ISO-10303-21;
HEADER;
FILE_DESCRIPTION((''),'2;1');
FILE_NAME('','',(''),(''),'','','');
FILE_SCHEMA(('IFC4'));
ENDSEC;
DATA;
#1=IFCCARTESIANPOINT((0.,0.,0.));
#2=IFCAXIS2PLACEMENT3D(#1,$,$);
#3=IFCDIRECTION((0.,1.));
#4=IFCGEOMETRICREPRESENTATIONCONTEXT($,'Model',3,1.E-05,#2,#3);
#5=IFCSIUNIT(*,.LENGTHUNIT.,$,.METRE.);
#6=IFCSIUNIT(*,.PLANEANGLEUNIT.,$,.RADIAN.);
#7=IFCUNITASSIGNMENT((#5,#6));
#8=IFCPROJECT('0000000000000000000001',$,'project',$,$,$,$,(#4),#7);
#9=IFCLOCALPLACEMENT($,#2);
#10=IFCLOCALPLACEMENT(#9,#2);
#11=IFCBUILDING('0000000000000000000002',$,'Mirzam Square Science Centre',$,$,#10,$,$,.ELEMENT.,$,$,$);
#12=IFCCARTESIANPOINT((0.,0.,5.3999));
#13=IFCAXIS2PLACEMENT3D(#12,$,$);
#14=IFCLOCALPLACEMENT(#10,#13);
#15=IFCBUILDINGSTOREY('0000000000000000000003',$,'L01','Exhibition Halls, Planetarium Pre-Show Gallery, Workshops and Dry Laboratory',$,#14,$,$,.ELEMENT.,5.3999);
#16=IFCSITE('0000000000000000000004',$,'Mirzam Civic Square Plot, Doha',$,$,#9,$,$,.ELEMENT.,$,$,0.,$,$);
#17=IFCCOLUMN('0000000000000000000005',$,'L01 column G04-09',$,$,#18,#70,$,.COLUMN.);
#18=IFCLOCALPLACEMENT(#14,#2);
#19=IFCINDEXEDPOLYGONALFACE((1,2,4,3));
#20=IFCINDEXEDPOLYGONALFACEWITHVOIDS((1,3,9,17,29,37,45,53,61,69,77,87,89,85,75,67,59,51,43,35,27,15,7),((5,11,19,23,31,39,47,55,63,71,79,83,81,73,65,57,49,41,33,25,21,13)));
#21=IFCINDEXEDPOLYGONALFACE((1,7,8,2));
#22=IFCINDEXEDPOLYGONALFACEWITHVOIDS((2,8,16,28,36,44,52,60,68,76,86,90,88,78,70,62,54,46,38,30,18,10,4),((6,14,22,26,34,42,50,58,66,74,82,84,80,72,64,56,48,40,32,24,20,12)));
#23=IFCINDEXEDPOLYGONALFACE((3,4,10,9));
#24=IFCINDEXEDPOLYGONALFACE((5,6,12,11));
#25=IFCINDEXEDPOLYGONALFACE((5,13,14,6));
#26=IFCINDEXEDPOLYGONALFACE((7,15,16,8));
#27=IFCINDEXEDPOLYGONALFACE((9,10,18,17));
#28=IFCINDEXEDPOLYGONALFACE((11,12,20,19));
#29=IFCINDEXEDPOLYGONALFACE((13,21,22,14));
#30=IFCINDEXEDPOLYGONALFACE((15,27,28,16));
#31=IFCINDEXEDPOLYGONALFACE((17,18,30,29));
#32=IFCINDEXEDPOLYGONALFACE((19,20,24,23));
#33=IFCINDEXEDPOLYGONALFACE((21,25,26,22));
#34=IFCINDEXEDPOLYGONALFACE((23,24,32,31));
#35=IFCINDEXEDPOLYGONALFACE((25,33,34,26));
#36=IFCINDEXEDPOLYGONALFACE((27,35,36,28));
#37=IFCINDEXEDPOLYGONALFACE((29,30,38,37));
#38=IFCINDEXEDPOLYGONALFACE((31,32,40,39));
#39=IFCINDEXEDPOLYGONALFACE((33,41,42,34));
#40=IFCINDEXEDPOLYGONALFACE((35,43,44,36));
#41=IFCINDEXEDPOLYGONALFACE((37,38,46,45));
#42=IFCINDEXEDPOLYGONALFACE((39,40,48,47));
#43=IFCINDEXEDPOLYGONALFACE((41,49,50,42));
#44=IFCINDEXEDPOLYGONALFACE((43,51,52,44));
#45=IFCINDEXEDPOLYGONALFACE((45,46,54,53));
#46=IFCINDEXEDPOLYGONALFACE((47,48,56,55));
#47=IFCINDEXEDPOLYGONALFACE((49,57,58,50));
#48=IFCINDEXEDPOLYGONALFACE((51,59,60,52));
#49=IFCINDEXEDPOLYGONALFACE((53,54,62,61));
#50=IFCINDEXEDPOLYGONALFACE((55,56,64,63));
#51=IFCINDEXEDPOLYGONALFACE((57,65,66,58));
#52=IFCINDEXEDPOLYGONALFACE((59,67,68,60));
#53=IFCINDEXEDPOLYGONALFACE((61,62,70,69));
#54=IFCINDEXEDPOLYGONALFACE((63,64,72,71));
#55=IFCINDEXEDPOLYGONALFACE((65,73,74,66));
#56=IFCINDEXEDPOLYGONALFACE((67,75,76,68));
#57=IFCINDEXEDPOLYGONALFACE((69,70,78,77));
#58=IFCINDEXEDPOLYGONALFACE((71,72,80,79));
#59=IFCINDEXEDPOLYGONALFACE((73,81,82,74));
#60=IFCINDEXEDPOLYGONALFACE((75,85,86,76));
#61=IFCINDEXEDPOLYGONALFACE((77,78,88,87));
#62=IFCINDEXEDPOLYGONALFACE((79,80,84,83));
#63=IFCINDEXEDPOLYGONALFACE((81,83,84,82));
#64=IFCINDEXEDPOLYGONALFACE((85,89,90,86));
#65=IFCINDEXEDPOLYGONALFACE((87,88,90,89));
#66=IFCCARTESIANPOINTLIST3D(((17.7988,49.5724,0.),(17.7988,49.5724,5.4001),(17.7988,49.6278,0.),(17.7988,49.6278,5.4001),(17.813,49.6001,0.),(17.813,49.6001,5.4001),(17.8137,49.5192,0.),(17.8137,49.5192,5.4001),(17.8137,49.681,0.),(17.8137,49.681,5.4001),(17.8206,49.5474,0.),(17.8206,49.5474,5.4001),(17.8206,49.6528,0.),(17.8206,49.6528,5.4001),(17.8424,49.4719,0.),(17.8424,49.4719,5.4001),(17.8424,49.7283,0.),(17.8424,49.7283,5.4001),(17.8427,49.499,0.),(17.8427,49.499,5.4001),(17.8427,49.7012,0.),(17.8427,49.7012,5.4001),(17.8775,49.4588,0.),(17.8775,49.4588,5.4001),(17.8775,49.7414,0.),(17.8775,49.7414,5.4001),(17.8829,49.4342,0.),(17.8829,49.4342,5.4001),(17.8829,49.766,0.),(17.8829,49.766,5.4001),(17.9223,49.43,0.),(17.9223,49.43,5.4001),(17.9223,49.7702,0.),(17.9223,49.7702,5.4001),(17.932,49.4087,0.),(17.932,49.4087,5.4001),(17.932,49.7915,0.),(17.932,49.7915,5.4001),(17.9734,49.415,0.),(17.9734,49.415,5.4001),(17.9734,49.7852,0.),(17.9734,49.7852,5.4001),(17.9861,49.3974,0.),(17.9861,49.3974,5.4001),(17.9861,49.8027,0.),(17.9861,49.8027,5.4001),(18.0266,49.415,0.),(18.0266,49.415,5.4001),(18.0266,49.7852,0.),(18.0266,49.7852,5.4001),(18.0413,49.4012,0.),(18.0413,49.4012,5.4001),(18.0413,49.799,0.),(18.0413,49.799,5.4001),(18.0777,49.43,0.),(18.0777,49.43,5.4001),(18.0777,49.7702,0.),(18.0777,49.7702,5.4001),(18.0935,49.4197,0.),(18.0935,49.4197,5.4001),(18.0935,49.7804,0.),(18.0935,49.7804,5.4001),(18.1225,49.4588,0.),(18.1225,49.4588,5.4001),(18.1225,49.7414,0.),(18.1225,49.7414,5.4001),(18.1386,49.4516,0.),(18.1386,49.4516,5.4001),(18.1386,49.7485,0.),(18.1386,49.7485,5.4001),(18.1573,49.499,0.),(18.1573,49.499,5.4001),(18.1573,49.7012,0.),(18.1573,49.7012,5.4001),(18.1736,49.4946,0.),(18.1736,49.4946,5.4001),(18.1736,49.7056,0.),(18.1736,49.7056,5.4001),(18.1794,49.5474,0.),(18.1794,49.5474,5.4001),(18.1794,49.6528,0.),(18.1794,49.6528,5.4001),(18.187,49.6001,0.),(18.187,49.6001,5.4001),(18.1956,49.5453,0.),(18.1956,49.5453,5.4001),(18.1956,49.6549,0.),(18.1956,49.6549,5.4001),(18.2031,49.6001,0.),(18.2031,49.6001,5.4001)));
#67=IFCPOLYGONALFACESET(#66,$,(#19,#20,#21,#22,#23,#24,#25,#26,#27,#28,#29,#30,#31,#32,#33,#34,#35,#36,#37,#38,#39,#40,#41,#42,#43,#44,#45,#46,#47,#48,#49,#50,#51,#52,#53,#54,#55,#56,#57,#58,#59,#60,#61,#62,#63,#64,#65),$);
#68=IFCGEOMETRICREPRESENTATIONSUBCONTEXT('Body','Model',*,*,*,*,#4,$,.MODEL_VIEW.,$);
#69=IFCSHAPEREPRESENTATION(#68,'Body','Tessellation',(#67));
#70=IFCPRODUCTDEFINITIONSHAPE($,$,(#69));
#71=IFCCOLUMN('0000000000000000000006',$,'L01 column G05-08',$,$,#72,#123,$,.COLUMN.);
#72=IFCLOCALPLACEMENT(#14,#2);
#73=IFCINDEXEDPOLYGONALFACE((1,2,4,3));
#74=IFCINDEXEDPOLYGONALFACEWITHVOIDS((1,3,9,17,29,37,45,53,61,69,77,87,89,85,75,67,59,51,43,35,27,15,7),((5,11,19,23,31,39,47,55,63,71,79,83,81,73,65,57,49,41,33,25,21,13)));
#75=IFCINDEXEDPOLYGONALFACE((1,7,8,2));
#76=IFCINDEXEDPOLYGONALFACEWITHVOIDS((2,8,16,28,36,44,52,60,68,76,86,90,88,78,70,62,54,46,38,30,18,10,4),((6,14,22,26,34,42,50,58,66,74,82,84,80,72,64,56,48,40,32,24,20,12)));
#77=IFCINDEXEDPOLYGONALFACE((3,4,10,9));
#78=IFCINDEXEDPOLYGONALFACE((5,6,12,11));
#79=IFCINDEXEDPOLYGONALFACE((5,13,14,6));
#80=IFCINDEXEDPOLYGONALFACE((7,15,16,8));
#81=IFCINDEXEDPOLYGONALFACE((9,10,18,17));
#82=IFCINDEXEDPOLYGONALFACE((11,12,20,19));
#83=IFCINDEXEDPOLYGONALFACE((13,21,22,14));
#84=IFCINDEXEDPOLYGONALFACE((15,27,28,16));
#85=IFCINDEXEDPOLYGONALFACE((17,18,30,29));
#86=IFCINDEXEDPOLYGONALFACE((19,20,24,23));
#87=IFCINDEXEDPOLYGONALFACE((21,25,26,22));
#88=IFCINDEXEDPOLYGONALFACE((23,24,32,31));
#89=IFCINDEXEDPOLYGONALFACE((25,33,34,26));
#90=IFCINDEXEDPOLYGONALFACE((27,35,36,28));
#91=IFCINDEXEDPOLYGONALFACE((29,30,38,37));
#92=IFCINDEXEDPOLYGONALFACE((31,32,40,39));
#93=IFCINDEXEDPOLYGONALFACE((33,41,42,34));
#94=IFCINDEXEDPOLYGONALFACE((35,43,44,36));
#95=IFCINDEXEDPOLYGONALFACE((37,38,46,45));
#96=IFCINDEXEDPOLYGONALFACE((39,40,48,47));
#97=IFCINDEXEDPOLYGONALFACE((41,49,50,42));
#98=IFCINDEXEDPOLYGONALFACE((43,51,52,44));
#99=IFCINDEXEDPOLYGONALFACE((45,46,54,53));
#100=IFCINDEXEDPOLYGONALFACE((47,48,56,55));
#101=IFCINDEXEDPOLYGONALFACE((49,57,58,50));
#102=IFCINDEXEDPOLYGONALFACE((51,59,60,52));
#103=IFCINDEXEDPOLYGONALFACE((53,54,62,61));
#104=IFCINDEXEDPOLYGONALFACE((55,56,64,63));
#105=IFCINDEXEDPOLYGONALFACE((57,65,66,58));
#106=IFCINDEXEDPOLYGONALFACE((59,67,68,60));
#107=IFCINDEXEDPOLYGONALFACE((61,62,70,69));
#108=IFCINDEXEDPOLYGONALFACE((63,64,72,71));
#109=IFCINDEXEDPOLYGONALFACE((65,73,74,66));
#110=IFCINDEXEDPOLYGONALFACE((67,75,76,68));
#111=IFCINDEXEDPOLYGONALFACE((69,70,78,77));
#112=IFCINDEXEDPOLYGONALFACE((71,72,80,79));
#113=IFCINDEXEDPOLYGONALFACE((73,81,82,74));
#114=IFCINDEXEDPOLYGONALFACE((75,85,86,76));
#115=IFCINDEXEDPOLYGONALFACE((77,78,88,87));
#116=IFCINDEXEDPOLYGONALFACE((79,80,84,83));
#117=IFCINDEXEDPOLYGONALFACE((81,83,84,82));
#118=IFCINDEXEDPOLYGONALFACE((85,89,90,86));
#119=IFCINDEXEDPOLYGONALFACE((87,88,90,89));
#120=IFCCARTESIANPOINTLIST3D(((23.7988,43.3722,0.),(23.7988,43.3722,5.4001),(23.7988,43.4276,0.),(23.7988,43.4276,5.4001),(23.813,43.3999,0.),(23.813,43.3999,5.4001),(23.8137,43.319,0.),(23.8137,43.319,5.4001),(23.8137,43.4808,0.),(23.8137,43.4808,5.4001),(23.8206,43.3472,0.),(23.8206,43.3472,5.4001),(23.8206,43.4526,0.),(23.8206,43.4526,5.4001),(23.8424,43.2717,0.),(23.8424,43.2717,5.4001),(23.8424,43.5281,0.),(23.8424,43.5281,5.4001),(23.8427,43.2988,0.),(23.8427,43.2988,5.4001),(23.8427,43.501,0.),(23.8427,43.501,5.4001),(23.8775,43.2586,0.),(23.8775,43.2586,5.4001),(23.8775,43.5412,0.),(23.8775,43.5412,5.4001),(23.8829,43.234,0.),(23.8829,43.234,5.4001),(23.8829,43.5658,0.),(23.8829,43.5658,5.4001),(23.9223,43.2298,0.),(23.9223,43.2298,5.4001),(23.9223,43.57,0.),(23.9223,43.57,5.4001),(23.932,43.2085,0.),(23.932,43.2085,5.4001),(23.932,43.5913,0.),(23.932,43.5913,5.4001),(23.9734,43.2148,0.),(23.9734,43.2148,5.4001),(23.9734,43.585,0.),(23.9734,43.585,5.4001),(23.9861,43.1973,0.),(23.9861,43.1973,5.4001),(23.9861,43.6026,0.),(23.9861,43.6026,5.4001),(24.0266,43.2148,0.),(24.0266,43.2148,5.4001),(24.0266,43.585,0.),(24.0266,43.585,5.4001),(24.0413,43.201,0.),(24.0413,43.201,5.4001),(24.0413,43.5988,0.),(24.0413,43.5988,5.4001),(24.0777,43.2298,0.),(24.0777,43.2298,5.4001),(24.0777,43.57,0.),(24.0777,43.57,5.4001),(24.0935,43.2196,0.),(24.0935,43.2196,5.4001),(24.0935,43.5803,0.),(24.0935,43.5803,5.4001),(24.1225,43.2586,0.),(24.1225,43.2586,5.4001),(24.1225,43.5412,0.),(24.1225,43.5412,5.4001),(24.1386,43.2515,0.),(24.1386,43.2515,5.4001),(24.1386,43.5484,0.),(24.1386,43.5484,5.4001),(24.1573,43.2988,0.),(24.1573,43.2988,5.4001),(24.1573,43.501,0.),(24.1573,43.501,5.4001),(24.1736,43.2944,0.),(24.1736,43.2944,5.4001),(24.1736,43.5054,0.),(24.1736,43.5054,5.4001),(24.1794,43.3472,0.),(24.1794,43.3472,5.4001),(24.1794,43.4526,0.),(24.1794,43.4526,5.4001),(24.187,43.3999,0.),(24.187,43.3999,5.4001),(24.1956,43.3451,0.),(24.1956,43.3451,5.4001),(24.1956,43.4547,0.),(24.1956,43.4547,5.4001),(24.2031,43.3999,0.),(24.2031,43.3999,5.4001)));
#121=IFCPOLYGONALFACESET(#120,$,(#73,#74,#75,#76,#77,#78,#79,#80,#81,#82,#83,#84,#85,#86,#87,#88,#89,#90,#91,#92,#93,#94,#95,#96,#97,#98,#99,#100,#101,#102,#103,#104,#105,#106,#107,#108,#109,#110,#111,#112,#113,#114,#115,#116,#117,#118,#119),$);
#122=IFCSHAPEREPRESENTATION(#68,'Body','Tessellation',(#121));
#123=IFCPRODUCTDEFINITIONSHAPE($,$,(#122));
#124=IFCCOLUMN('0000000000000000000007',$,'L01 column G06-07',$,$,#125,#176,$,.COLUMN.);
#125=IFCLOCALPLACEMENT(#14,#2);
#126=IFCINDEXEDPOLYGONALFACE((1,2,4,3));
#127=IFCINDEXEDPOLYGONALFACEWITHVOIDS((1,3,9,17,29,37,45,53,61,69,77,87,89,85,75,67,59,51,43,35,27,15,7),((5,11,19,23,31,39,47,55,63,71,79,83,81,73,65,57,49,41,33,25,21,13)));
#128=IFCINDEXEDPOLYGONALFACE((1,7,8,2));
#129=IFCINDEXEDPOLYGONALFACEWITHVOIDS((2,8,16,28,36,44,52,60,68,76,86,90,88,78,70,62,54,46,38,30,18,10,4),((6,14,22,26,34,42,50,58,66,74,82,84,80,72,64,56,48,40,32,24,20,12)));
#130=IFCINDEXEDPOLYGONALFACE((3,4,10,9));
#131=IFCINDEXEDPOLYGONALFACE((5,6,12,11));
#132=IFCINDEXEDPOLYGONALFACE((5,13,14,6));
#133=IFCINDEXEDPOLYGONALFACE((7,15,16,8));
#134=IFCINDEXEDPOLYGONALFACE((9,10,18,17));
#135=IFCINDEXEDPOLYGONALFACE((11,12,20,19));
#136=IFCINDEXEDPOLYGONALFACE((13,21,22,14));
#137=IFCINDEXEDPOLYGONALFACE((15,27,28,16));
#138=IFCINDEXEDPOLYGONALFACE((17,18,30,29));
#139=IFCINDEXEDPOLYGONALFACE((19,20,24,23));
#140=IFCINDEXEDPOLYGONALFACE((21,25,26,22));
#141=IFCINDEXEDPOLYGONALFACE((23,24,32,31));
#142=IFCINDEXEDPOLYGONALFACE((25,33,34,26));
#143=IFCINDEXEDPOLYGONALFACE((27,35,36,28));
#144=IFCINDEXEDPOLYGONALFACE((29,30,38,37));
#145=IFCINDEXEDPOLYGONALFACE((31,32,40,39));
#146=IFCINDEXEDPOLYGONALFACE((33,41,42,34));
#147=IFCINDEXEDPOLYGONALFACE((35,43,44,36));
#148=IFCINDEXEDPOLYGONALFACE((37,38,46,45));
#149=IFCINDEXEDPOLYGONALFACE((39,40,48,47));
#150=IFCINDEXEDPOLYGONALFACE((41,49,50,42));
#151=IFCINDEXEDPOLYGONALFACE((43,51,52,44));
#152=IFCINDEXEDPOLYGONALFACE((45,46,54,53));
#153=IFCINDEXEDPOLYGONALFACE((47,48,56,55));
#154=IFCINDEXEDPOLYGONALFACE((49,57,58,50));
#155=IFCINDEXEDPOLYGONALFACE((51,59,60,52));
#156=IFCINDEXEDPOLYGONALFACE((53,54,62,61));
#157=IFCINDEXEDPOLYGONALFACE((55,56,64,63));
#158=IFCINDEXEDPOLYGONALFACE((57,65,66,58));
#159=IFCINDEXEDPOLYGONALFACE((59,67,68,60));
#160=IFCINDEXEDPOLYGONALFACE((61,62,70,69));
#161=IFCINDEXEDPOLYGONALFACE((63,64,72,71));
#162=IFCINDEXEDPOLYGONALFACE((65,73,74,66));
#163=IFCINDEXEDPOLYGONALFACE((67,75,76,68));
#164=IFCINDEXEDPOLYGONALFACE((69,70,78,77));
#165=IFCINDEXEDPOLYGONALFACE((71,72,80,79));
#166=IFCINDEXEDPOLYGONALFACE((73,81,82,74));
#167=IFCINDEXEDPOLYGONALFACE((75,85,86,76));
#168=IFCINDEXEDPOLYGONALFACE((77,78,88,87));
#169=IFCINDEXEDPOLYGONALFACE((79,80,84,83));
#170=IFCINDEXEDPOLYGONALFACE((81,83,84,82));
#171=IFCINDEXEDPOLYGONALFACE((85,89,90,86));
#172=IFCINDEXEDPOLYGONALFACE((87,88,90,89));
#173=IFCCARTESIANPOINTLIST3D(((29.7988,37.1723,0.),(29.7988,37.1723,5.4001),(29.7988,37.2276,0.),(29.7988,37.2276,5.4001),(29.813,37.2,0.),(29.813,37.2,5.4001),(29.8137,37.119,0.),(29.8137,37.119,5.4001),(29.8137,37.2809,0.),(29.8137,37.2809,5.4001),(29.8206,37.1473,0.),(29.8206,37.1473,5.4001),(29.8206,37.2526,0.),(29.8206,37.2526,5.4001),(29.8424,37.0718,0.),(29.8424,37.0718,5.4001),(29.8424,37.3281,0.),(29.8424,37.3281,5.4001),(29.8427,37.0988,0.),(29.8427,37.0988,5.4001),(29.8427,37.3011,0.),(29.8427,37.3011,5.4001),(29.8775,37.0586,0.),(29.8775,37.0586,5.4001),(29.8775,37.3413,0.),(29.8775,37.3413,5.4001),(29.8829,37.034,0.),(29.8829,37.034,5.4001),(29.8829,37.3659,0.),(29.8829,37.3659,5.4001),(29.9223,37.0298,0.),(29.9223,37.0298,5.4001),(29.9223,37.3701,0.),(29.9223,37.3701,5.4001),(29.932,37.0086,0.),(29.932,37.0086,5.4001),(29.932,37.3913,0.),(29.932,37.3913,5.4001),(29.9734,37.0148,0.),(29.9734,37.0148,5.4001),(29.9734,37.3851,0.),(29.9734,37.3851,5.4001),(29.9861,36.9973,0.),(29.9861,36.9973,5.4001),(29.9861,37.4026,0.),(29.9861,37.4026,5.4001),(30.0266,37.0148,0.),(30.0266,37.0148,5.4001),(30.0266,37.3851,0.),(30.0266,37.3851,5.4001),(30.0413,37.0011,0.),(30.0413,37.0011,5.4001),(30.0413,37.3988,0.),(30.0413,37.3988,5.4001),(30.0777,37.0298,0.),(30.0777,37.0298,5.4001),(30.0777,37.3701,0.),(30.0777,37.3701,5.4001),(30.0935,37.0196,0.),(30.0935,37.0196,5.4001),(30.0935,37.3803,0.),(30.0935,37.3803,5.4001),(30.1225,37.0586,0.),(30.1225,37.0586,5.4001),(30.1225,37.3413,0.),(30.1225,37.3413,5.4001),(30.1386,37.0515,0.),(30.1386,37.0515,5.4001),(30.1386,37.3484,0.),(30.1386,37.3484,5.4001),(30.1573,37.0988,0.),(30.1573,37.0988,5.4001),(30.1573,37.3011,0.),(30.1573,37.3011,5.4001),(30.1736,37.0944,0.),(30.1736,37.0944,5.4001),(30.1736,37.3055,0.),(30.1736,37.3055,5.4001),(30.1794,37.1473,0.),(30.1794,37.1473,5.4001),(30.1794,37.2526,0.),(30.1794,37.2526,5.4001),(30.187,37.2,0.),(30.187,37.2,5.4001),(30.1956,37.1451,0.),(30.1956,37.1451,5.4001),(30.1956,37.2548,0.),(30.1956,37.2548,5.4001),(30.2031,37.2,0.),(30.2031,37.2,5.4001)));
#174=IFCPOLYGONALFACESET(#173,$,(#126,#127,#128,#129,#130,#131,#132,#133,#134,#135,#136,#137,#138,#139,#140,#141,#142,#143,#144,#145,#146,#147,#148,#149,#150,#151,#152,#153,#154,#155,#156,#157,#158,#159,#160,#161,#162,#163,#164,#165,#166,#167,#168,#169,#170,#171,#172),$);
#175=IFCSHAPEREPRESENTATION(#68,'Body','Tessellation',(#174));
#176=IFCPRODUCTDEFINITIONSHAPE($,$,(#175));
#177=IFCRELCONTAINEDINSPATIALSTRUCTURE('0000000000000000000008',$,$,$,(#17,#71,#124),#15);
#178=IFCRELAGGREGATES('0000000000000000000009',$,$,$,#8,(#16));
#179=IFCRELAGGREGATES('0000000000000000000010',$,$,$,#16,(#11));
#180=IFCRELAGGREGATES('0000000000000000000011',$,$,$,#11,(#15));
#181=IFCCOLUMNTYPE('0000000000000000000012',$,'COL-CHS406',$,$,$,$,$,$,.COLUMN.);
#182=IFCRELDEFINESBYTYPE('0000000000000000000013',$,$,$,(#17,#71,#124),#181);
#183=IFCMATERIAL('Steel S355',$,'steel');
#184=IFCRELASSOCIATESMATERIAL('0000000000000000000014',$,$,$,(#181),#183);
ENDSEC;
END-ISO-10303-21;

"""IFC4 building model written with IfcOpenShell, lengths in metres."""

from ifc_helpers import new_model, si_unit, direction, frame, origin, origin_2d, place, context, subcontext, project, spatial, hollow_circle, extrude, material, material_profile, profile_set, type_object, element, save


model = new_model("IFC4")

# Units and contexts
model_context = context("Model", 3, precision=1e-05, world=origin(), true_north=direction((0.0, 1.0)))
body_context = subcontext(model_context, "Body", "Model", "MODEL_VIEW")
ifc_project = project(units=[si_unit("LENGTHUNIT", "METRE"), si_unit("PLANEANGLEUNIT", "RADIAN")], contexts=[model_context])

# Site, building, storey
site_placement = place(None, origin())
site = spatial("IfcSite", under=ifc_project, at=site_placement, Name="Mirzam Civic Square Plot, Doha", CompositionType="ELEMENT", RefElevation=0.0)
building_placement = place(site_placement, origin())
building = spatial("IfcBuilding", under=site, at=building_placement, Name="Mirzam Square Science Centre", CompositionType="ELEMENT")
storey_placement = place(building_placement, frame((0.0, 0.0, 5.3999)))
storey = spatial("IfcBuildingStorey", under=building, at=storey_placement, Name="L01", Description="Exhibition Halls, Planetarium Pre-Show Gallery, Workshops and Dry Laboratory", CompositionType="ELEMENT", Elevation=5.3999)

# Columns
ifc_material_1 = material(Name="Steel S355", Category="steel")
ifc_material_profile_1 = material_profile(ifc_material_1, hollow_circle(Radius=0.2031, WallThickness=0.0161, at=origin_2d()), Name="406.4x16.0CHS")
ifc_profile_set_1 = profile_set([ifc_material_profile_1], Name="Steel S355")
column_type_1 = type_object("IfcColumnType", Name="COL-CHS406", PredefinedType="COLUMN", material=ifc_profile_set_1)
for number, where, z_axis, x_axis, name in (
    (1, (18.0, 49.6001, 0.0), (0.0, 0.0, 1.0), (1.0, 0.0, 0.0), "L01 column G04-09"),
    (2, (24.0, 43.3999, 0.0), (0.0, 0.0, 1.0), (1.0, 0.0, 0.0), "L01 column G05-08"),
    (3, (30.0, 37.2, 0.0), (0.0, 0.0, 1.0), (1.0, 0.0, 0.0), "L01 column G06-07"),
):
    element("IfcColumn", number, at=place(storey_placement, frame(where, z_axis=z_axis, x_axis=x_axis)), inside=storey, type_object=column_type_1, Name=name, PredefinedType="COLUMN", context=body_context, shape_type="SweptSolid", body=[
        extrude(hollow_circle(Radius=0.2031, WallThickness=0.0161, at=origin_2d()), origin(), (0.0, 0.0, 1.0), 5.4001),
    ])

save(model, "model.ifc")
